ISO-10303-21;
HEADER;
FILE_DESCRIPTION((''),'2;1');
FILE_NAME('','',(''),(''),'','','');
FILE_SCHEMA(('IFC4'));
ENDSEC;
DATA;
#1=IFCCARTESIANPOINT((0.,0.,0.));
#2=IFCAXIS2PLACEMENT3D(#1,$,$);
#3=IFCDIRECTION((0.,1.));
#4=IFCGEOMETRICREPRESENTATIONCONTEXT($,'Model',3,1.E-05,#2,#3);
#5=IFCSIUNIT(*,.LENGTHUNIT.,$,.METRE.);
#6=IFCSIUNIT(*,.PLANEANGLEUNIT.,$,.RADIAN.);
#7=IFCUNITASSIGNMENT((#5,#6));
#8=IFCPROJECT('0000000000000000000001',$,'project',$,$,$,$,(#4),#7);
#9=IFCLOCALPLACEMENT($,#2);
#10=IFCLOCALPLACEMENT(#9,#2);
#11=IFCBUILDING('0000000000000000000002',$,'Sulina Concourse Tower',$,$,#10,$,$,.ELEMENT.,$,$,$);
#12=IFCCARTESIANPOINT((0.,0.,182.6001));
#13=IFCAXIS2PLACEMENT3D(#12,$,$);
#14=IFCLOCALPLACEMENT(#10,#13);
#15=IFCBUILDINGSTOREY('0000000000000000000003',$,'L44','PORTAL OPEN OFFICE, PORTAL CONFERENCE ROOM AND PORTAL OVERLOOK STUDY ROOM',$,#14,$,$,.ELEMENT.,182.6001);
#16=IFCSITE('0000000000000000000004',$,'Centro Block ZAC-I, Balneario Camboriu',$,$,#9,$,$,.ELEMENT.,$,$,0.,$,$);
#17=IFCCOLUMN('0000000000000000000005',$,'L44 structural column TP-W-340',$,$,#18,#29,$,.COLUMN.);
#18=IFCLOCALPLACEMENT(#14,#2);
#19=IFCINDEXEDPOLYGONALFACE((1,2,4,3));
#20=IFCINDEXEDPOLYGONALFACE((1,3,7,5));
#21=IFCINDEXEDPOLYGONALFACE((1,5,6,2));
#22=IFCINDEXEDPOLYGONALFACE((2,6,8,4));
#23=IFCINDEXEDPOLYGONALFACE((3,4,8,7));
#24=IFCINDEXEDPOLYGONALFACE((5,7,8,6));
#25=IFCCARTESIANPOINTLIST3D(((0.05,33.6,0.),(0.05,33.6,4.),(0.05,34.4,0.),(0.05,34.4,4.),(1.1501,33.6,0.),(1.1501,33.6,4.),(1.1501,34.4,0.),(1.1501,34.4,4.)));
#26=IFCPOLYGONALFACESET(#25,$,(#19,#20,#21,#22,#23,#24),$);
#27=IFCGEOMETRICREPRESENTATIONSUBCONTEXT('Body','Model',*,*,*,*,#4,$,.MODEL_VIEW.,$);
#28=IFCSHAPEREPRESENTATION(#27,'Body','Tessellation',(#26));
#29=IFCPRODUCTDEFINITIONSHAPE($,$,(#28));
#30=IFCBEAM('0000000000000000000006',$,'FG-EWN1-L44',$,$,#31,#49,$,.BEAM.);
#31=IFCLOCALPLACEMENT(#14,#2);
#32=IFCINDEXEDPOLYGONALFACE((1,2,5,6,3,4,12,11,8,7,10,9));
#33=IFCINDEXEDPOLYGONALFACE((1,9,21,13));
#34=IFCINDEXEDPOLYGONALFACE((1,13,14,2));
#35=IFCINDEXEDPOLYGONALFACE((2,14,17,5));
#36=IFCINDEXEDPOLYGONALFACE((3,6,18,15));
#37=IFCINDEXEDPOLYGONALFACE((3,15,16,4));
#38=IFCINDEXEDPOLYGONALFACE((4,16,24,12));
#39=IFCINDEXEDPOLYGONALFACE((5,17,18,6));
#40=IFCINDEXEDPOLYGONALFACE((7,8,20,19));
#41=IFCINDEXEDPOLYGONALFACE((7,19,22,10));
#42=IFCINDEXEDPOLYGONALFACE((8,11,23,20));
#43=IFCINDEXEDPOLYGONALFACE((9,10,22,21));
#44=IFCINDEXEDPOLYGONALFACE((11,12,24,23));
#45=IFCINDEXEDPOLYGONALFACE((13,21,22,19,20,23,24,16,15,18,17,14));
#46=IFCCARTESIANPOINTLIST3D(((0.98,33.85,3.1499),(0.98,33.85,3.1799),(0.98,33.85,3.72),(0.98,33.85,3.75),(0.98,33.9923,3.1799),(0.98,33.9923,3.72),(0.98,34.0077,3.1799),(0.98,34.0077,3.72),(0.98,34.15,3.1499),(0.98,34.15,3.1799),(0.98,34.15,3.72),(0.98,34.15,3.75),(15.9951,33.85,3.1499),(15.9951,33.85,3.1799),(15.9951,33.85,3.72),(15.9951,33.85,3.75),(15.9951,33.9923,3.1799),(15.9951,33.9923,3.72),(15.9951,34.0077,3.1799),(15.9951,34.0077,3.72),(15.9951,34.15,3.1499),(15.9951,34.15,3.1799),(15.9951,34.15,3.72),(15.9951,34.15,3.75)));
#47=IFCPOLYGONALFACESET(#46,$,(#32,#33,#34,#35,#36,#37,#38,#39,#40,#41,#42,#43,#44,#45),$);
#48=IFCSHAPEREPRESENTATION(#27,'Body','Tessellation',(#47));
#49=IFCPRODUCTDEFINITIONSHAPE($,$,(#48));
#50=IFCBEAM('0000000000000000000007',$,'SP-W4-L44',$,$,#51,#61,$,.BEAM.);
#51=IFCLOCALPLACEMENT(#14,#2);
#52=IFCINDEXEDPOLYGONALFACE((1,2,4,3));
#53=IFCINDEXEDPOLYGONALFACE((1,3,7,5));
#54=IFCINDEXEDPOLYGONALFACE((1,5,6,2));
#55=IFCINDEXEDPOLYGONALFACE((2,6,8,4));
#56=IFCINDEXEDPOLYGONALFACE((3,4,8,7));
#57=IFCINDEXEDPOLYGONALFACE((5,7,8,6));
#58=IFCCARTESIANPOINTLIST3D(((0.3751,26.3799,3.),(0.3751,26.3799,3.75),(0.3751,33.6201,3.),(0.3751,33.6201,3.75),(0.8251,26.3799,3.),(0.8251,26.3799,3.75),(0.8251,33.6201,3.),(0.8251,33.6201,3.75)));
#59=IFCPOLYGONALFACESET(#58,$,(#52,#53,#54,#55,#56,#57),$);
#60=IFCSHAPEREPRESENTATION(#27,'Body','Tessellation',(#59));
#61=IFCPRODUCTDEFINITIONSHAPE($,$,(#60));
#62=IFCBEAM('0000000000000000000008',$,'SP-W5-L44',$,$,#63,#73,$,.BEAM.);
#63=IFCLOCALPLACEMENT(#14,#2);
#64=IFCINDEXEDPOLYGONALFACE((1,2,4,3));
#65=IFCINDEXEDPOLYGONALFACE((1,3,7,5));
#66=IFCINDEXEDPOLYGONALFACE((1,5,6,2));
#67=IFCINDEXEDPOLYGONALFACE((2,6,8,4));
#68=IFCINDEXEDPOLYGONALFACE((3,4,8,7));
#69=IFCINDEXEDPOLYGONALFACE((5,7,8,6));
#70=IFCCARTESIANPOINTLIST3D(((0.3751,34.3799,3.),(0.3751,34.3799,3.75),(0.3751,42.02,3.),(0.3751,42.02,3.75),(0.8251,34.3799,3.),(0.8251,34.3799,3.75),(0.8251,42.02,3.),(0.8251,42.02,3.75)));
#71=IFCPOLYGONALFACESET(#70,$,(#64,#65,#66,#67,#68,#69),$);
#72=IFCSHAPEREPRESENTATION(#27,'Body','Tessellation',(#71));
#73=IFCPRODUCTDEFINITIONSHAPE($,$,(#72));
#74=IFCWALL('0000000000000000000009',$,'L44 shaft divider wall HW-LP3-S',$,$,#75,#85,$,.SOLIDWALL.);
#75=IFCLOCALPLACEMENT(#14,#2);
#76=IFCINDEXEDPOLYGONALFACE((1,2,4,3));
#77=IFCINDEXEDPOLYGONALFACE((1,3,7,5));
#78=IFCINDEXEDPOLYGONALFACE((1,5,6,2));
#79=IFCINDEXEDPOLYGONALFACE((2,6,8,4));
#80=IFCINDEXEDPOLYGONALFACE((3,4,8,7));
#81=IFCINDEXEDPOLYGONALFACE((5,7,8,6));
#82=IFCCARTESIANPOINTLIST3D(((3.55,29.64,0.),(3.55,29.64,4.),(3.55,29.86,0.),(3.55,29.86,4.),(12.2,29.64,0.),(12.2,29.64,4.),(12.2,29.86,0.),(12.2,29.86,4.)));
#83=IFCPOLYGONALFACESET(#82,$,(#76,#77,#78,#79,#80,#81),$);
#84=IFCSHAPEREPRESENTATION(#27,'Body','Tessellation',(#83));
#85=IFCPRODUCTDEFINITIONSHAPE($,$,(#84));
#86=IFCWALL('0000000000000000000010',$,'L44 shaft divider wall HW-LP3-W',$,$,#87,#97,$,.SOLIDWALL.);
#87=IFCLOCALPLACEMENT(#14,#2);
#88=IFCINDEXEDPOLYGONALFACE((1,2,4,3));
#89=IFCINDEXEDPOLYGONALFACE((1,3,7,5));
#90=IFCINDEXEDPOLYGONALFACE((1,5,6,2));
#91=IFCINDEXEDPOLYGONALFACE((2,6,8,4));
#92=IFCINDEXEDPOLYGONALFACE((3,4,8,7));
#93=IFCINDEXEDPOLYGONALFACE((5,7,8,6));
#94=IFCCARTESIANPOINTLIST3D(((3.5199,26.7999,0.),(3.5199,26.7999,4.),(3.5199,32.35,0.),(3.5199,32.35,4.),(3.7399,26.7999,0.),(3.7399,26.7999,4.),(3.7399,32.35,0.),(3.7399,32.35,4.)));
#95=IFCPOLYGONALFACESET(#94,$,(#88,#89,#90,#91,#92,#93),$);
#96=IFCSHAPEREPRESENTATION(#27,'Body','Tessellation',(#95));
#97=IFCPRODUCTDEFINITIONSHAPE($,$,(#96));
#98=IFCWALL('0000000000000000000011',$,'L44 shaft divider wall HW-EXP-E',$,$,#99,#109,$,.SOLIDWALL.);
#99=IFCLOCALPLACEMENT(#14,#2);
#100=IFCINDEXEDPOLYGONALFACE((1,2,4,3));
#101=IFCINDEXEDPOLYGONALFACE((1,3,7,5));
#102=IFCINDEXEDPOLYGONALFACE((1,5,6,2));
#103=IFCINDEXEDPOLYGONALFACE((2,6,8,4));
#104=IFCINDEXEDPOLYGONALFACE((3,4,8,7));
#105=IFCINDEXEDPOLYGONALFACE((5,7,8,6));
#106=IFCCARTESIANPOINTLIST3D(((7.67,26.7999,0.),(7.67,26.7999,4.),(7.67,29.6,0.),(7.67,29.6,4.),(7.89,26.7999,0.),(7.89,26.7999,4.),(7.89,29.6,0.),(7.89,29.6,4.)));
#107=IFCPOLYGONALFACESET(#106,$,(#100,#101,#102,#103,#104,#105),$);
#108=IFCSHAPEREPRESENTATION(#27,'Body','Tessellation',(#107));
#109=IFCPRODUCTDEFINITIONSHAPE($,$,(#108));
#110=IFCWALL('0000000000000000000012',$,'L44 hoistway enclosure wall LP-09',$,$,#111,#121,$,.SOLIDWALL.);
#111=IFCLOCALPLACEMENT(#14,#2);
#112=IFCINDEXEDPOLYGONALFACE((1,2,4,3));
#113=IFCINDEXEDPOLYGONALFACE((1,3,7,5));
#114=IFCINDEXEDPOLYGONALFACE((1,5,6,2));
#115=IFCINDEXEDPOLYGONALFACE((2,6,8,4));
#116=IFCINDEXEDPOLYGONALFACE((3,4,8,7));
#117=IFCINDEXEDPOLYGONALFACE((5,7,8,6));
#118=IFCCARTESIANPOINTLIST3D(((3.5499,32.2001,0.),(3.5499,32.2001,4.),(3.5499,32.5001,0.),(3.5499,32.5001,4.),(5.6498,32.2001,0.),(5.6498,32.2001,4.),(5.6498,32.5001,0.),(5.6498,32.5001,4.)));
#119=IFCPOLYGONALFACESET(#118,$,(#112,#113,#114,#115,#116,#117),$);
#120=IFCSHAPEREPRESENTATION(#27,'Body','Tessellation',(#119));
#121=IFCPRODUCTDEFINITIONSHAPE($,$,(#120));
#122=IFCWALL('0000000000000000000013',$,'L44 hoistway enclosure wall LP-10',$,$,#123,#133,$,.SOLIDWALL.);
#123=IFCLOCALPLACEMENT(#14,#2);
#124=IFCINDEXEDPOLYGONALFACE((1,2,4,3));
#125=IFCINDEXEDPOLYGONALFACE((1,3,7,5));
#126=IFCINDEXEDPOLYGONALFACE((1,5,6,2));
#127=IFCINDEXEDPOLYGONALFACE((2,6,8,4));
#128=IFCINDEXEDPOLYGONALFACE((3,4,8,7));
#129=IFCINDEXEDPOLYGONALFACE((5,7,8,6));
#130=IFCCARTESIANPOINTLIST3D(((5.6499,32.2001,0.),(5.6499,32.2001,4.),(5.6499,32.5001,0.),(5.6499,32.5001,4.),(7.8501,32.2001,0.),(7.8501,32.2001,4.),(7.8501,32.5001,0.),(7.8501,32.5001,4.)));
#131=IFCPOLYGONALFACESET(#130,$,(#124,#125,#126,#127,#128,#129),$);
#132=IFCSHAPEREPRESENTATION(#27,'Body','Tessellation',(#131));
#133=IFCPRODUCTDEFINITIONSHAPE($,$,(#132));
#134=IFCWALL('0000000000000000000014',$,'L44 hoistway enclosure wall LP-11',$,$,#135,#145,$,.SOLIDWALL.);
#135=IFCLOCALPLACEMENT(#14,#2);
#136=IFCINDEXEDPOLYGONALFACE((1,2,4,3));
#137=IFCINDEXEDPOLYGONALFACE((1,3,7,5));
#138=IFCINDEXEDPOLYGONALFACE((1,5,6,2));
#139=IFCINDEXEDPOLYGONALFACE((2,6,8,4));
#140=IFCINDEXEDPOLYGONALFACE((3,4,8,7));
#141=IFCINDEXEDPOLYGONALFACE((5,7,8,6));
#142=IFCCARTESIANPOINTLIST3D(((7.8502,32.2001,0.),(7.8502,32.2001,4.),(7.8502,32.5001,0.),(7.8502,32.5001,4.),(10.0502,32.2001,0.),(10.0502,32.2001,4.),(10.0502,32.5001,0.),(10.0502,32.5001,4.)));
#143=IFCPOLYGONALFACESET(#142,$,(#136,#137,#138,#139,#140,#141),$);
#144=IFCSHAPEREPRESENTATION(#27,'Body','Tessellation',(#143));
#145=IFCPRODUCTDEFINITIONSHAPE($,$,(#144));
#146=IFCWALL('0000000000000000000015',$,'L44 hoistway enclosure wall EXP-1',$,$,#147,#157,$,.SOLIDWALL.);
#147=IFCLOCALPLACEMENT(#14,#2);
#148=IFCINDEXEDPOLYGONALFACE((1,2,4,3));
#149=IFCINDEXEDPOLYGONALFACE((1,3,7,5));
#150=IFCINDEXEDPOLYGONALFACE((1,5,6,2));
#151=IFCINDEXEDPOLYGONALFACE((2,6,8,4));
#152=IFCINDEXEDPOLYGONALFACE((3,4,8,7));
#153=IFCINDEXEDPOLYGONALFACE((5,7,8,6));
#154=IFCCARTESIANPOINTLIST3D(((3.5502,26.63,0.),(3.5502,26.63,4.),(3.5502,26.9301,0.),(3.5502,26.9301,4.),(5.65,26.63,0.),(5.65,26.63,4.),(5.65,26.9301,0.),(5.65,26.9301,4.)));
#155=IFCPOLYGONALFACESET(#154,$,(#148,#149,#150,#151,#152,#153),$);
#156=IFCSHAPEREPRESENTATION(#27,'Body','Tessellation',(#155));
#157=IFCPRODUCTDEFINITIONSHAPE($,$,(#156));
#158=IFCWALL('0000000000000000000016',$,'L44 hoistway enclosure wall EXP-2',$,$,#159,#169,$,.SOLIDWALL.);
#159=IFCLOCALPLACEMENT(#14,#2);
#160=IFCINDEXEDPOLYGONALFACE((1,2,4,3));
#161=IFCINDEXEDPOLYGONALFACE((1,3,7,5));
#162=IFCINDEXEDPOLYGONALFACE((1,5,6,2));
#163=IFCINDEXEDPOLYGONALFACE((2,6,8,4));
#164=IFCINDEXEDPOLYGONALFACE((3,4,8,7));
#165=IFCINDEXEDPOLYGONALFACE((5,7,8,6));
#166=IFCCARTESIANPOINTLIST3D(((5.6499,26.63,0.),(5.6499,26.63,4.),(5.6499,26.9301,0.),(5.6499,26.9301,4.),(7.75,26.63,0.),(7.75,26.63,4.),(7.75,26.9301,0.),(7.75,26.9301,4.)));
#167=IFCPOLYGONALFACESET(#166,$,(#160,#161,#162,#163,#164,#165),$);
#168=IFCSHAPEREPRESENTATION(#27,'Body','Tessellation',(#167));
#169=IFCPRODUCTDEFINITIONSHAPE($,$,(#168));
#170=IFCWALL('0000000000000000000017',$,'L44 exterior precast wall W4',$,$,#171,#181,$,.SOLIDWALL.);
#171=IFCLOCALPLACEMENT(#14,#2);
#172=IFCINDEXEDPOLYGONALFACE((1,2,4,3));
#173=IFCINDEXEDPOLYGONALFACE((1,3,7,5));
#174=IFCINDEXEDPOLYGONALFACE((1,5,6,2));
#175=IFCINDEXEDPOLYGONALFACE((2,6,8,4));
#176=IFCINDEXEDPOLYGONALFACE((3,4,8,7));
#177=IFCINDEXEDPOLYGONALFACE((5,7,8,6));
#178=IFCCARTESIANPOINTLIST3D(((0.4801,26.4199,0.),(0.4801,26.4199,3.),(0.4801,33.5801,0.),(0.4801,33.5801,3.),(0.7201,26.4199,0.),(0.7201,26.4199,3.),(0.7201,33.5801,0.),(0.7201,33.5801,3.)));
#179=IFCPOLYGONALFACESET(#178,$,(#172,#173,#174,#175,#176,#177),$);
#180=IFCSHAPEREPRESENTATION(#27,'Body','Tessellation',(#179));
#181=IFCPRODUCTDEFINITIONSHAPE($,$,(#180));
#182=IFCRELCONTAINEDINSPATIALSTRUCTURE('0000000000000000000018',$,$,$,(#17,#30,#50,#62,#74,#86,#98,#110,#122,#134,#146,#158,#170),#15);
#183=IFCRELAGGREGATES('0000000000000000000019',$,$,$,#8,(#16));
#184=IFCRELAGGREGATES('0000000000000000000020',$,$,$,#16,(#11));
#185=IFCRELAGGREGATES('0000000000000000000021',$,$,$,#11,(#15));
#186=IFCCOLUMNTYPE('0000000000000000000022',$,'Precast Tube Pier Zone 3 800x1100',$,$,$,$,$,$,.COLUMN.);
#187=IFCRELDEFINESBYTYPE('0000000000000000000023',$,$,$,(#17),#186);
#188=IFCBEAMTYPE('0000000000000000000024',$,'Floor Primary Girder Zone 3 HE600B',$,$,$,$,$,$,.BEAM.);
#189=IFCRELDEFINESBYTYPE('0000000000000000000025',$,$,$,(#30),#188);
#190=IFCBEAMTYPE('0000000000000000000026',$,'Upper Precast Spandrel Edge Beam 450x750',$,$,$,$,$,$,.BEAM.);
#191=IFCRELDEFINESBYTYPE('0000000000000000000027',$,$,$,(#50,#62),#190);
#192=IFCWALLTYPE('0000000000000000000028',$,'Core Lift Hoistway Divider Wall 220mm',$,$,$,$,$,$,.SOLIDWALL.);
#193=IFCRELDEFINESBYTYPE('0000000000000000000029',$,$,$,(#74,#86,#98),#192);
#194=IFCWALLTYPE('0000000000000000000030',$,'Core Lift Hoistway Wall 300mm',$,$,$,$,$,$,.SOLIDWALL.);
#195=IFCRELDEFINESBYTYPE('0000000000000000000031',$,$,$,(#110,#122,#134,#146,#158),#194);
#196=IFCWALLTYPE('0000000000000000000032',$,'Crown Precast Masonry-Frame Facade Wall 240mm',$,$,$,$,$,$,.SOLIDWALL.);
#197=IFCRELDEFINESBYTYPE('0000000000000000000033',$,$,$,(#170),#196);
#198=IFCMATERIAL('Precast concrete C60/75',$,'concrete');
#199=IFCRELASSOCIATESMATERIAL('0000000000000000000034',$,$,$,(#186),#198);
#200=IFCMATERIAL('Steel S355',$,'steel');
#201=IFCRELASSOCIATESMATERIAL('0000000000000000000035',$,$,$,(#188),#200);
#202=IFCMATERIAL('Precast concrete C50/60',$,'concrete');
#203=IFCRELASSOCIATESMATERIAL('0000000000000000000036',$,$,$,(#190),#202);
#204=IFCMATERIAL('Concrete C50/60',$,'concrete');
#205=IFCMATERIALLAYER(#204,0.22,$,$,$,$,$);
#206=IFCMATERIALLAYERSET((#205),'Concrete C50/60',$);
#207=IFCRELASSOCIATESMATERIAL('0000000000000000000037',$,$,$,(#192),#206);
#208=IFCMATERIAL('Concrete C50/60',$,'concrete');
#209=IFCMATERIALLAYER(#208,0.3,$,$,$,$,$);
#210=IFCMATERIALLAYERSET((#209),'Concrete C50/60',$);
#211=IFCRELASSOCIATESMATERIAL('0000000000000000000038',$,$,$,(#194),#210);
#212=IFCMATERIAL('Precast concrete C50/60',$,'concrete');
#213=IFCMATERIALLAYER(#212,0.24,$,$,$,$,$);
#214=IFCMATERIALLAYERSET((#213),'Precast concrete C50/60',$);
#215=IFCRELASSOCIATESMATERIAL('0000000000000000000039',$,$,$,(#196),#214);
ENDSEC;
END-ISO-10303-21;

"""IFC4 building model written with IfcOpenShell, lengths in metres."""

from ifc_helpers import new_model, si_unit, direction, frame, frame_2d, origin, origin_2d, place, context, subcontext, project, spatial, rectangle, i_section, extrude, material, layer, layer_set, material_profile, profile_set, type_object, element, save


model = new_model("IFC4")

# Units and contexts
model_context = context("Model", 3, precision=1e-05, world=origin(), true_north=direction((0.0, 1.0)))
body_context = subcontext(model_context, "Body", "Model", "MODEL_VIEW")
ifc_project = project(units=[si_unit("LENGTHUNIT", "METRE"), si_unit("PLANEANGLEUNIT", "RADIAN")], contexts=[model_context])

# Site, building, storey
site_placement = place(None, origin())
site = spatial("IfcSite", under=ifc_project, at=site_placement, Name="Centro Block ZAC-I, Balneario Camboriu", CompositionType="ELEMENT", RefElevation=0.0)
building_placement = place(site_placement, origin())
building = spatial("IfcBuilding", under=site, at=building_placement, Name="Sulina Concourse Tower", CompositionType="ELEMENT")
storey_placement = place(building_placement, frame((0.0, 0.0, 182.6001)))
storey = spatial("IfcBuildingStorey", under=building, at=storey_placement, Name="L44", Description="PORTAL OPEN OFFICE, PORTAL CONFERENCE ROOM AND PORTAL OVERLOOK STUDY ROOM", CompositionType="ELEMENT", Elevation=182.6001)

# Column
ifc_material_1 = material(Name="Precast concrete C60/75", Category="concrete")
ifc_material_profile_1 = material_profile(ifc_material_1, rectangle(XDim=0.8, YDim=1.1001, at=origin_2d()), Name="PC 800x1100")
ifc_profile_set_1 = profile_set([ifc_material_profile_1], Name="Precast concrete C60/75")
column_type = type_object("IfcColumnType", Name="Precast Tube Pier Zone 3 800x1100", PredefinedType="COLUMN", material=ifc_profile_set_1)
column_placement = place(storey_placement, frame((0.6001, 34.0, 0.0), z_axis=(0.0, 0.0, 1.0), x_axis=(0.0, 1.0, 0.0)))
element("IfcColumn", 1, at=column_placement, inside=storey, type_object=column_type, Name="L44 structural column TP-W-340", PredefinedType="COLUMN", context=body_context, shape_type="SweptSolid", body=[
    extrude(rectangle(XDim=0.8, YDim=1.1001, at=origin_2d()), origin(), (0.0, 0.0, 1.0), 4.0),
])

# Beams
ifc_material_2 = material(Name="Steel S355", Category="steel")
ifc_material_profile_2 = material_profile(ifc_material_2, i_section(OverallWidth=0.3, OverallDepth=0.6001, WebThickness=0.0154, FlangeThickness=0.03, at=origin_2d()), Name="HE 600 B")
ifc_profile_set_2 = profile_set([ifc_material_profile_2], Name="Steel S355")
beam_type_1 = type_object("IfcBeamType", Name="Floor Primary Girder Zone 3 HE600B", PredefinedType="BEAM", material=ifc_profile_set_2)
beam_1_placement = place(storey_placement, frame((0.98, 34.0, 3.45), z_axis=(1.0, 0.0, 0.0), x_axis=(0.0, 1.0, 0.0)))
element("IfcBeam", 2, at=beam_1_placement, inside=storey, type_object=beam_type_1, Name="FG-EWN1-L44", PredefinedType="BEAM", context=body_context, shape_type="SweptSolid", body=[
    extrude(i_section(OverallWidth=0.3, OverallDepth=0.6001, WebThickness=0.0154, FlangeThickness=0.03, at=origin_2d()), origin(), (0.0, 0.0, 1.0), 15.0151),
])
ifc_material_3 = material(Name="Precast concrete C50/60", Category="concrete")
ifc_material_profile_3 = material_profile(ifc_material_3, rectangle(XDim=0.45, YDim=0.75, at=origin_2d()), Name="RC 450x750")
ifc_profile_set_3 = profile_set([ifc_material_profile_3], Name="Precast concrete C50/60")
beam_type_2 = type_object("IfcBeamType", Name="Upper Precast Spandrel Edge Beam 450x750", PredefinedType="BEAM", material=ifc_profile_set_3)
beam_2_placement = place(storey_placement, frame((0.6001, 26.3799, 3.375), z_axis=(0.0, 1.0, 0.0), x_axis=(-1.0, 0.0, 0.0)))
element("IfcBeam", 3, at=beam_2_placement, inside=storey, type_object=beam_type_2, Name="SP-W4-L44", PredefinedType="BEAM", context=body_context, shape_type="SweptSolid", body=[
    extrude(rectangle(XDim=0.45, YDim=0.75, at=origin_2d()), origin(), (0.0, 0.0, 1.0), 7.2402),
])
beam_3_placement = place(storey_placement, frame((0.6001, 34.3799, 3.375), z_axis=(0.0, 1.0, 0.0), x_axis=(-1.0, 0.0, 0.0)))
element("IfcBeam", 4, at=beam_3_placement, inside=storey, type_object=beam_type_2, Name="SP-W5-L44", PredefinedType="BEAM", context=body_context, shape_type="SweptSolid", body=[
    extrude(rectangle(XDim=0.45, YDim=0.75, at=origin_2d()), origin(), (0.0, 0.0, 1.0), 7.6401),
])

# Walls
ifc_material_4 = material(Name="Concrete C50/60", Category="concrete")
ifc_layer_1 = layer(ifc_material_4, 0.22)
ifc_layer_set_1 = layer_set([ifc_layer_1], Name="Concrete C50/60")
wall_type_1 = type_object("IfcWallType", Name="Core Lift Hoistway Divider Wall 220mm", PredefinedType="SOLIDWALL", material=ifc_layer_set_1)
wall_1_placement = place(storey_placement, frame((3.55, 29.75, 0.0), z_axis=(0.0, 0.0, 1.0), x_axis=(1.0, 0.0, 0.0)))
element("IfcWall", 5, at=wall_1_placement, inside=storey, type_object=wall_type_1, Name="L44 shaft divider wall HW-LP3-S", PredefinedType="SOLIDWALL", context=body_context, shape_type="SweptSolid", body=[
    extrude(rectangle(XDim=8.6499, YDim=0.22, at=frame_2d((4.325, 0.0))), origin(), (0.0, 0.0, 1.0), 4.0),
])
wall_2_placement = place(storey_placement, frame((3.6299, 26.8, 0.0), z_axis=(0.0, 0.0, 1.0), x_axis=(0.0, 1.0, 0.0)))
element("IfcWall", 6, at=wall_2_placement, inside=storey, type_object=wall_type_1, Name="L44 shaft divider wall HW-LP3-W", PredefinedType="SOLIDWALL", context=body_context, shape_type="SweptSolid", body=[
    extrude(rectangle(XDim=5.55, YDim=0.22, at=frame_2d((2.7749, 0.0))), origin(), (0.0, 0.0, 1.0), 4.0),
])
wall_3_placement = place(storey_placement, frame((7.78, 26.8, 0.0), z_axis=(0.0, 0.0, 1.0), x_axis=(0.0, 1.0, 0.0)))
element("IfcWall", 7, at=wall_3_placement, inside=storey, type_object=wall_type_1, Name="L44 shaft divider wall HW-EXP-E", PredefinedType="SOLIDWALL", context=body_context, shape_type="SweptSolid", body=[
    extrude(rectangle(XDim=2.8, YDim=0.22, at=frame_2d((1.3999, 0.0))), origin(), (0.0, 0.0, 1.0), 4.0),
])
ifc_material_5 = material(Name="Concrete C50/60", Category="concrete")
ifc_layer_2 = layer(ifc_material_5, 0.3)
ifc_layer_set_2 = layer_set([ifc_layer_2], Name="Concrete C50/60")
wall_type_2 = type_object("IfcWallType", Name="Core Lift Hoistway Wall 300mm", PredefinedType="SOLIDWALL", material=ifc_layer_set_2)
wall_4_placement = place(storey_placement, frame((3.55, 32.3501, 0.0), z_axis=(0.0, 0.0, 1.0), x_axis=(1.0, 0.0, 0.0)))
element("IfcWall", 8, at=wall_4_placement, inside=storey, type_object=wall_type_2, Name="L44 hoistway enclosure wall LP-09", PredefinedType="SOLIDWALL", context=body_context, shape_type="SweptSolid", body=[
    extrude(rectangle(XDim=2.0999, YDim=0.3, at=frame_2d((1.0498, 0.0))), origin(), (0.0, 0.0, 1.0), 4.0),
])
wall_5_placement = place(storey_placement, frame((5.6499, 32.3501, 0.0), z_axis=(0.0, 0.0, 1.0), x_axis=(1.0, 0.0, 0.0)))
element("IfcWall", 9, at=wall_5_placement, inside=storey, type_object=wall_type_2, Name="L44 hoistway enclosure wall LP-10", PredefinedType="SOLIDWALL", context=body_context, shape_type="SweptSolid", body=[
    extrude(rectangle(XDim=2.2002, YDim=0.3, at=frame_2d((1.1001, 0.0))), origin(), (0.0, 0.0, 1.0), 4.0),
])
wall_6_placement = place(storey_placement, frame((7.8501, 32.3501, 0.0), z_axis=(0.0, 0.0, 1.0), x_axis=(1.0, 0.0, 0.0)))
element("IfcWall", 10, at=wall_6_placement, inside=storey, type_object=wall_type_2, Name="L44 hoistway enclosure wall LP-11", PredefinedType="SOLIDWALL", context=body_context, shape_type="SweptSolid", body=[
    extrude(rectangle(XDim=2.2, YDim=0.3, at=frame_2d((1.1001, 0.0))), origin(), (0.0, 0.0, 1.0), 4.0),
])
wall_7_placement = place(storey_placement, frame((5.6499, 26.78, 0.0), z_axis=(0.0, 0.0, 1.0), x_axis=(-1.0, 0.0, 0.0)))
element("IfcWall", 11, at=wall_7_placement, inside=storey, type_object=wall_type_2, Name="L44 hoistway enclosure wall EXP-1", PredefinedType="SOLIDWALL", context=body_context, shape_type="SweptSolid", body=[
    extrude(rectangle(XDim=2.0999, YDim=0.3, at=frame_2d((1.0498, 0.0))), origin(), (0.0, 0.0, 1.0), 4.0),
])
wall_8_placement = place(storey_placement, frame((7.75, 26.78, 0.0), z_axis=(0.0, 0.0, 1.0), x_axis=(-1.0, 0.0, 0.0)))
element("IfcWall", 12, at=wall_8_placement, inside=storey, type_object=wall_type_2, Name="L44 hoistway enclosure wall EXP-2", PredefinedType="SOLIDWALL", context=body_context, shape_type="SweptSolid", body=[
    extrude(rectangle(XDim=2.1001, YDim=0.3, at=frame_2d((1.05, 0.0))), origin(), (0.0, 0.0, 1.0), 4.0),
])
ifc_material_6 = material(Name="Precast concrete C50/60", Category="concrete")
ifc_layer_3 = layer(ifc_material_6, 0.24)
ifc_layer_set_3 = layer_set([ifc_layer_3], Name="Precast concrete C50/60")
wall_type_3 = type_object("IfcWallType", Name="Crown Precast Masonry-Frame Facade Wall 240mm", PredefinedType="SOLIDWALL", material=ifc_layer_set_3)
wall_9_placement = place(storey_placement, frame((0.6001, 26.4199, 0.0), z_axis=(0.0, 0.0, 1.0), x_axis=(0.0, 1.0, 0.0)))
element("IfcWall", 13, at=wall_9_placement, inside=storey, type_object=wall_type_3, Name="L44 exterior precast wall W4", PredefinedType="SOLIDWALL", context=body_context, shape_type="SweptSolid", body=[
    extrude(rectangle(XDim=7.1602, YDim=0.24, at=frame_2d((3.5801, 0.0))), origin(), (0.0, 0.0, 1.0), 3.0),
])

save(model, "model.ifc")
